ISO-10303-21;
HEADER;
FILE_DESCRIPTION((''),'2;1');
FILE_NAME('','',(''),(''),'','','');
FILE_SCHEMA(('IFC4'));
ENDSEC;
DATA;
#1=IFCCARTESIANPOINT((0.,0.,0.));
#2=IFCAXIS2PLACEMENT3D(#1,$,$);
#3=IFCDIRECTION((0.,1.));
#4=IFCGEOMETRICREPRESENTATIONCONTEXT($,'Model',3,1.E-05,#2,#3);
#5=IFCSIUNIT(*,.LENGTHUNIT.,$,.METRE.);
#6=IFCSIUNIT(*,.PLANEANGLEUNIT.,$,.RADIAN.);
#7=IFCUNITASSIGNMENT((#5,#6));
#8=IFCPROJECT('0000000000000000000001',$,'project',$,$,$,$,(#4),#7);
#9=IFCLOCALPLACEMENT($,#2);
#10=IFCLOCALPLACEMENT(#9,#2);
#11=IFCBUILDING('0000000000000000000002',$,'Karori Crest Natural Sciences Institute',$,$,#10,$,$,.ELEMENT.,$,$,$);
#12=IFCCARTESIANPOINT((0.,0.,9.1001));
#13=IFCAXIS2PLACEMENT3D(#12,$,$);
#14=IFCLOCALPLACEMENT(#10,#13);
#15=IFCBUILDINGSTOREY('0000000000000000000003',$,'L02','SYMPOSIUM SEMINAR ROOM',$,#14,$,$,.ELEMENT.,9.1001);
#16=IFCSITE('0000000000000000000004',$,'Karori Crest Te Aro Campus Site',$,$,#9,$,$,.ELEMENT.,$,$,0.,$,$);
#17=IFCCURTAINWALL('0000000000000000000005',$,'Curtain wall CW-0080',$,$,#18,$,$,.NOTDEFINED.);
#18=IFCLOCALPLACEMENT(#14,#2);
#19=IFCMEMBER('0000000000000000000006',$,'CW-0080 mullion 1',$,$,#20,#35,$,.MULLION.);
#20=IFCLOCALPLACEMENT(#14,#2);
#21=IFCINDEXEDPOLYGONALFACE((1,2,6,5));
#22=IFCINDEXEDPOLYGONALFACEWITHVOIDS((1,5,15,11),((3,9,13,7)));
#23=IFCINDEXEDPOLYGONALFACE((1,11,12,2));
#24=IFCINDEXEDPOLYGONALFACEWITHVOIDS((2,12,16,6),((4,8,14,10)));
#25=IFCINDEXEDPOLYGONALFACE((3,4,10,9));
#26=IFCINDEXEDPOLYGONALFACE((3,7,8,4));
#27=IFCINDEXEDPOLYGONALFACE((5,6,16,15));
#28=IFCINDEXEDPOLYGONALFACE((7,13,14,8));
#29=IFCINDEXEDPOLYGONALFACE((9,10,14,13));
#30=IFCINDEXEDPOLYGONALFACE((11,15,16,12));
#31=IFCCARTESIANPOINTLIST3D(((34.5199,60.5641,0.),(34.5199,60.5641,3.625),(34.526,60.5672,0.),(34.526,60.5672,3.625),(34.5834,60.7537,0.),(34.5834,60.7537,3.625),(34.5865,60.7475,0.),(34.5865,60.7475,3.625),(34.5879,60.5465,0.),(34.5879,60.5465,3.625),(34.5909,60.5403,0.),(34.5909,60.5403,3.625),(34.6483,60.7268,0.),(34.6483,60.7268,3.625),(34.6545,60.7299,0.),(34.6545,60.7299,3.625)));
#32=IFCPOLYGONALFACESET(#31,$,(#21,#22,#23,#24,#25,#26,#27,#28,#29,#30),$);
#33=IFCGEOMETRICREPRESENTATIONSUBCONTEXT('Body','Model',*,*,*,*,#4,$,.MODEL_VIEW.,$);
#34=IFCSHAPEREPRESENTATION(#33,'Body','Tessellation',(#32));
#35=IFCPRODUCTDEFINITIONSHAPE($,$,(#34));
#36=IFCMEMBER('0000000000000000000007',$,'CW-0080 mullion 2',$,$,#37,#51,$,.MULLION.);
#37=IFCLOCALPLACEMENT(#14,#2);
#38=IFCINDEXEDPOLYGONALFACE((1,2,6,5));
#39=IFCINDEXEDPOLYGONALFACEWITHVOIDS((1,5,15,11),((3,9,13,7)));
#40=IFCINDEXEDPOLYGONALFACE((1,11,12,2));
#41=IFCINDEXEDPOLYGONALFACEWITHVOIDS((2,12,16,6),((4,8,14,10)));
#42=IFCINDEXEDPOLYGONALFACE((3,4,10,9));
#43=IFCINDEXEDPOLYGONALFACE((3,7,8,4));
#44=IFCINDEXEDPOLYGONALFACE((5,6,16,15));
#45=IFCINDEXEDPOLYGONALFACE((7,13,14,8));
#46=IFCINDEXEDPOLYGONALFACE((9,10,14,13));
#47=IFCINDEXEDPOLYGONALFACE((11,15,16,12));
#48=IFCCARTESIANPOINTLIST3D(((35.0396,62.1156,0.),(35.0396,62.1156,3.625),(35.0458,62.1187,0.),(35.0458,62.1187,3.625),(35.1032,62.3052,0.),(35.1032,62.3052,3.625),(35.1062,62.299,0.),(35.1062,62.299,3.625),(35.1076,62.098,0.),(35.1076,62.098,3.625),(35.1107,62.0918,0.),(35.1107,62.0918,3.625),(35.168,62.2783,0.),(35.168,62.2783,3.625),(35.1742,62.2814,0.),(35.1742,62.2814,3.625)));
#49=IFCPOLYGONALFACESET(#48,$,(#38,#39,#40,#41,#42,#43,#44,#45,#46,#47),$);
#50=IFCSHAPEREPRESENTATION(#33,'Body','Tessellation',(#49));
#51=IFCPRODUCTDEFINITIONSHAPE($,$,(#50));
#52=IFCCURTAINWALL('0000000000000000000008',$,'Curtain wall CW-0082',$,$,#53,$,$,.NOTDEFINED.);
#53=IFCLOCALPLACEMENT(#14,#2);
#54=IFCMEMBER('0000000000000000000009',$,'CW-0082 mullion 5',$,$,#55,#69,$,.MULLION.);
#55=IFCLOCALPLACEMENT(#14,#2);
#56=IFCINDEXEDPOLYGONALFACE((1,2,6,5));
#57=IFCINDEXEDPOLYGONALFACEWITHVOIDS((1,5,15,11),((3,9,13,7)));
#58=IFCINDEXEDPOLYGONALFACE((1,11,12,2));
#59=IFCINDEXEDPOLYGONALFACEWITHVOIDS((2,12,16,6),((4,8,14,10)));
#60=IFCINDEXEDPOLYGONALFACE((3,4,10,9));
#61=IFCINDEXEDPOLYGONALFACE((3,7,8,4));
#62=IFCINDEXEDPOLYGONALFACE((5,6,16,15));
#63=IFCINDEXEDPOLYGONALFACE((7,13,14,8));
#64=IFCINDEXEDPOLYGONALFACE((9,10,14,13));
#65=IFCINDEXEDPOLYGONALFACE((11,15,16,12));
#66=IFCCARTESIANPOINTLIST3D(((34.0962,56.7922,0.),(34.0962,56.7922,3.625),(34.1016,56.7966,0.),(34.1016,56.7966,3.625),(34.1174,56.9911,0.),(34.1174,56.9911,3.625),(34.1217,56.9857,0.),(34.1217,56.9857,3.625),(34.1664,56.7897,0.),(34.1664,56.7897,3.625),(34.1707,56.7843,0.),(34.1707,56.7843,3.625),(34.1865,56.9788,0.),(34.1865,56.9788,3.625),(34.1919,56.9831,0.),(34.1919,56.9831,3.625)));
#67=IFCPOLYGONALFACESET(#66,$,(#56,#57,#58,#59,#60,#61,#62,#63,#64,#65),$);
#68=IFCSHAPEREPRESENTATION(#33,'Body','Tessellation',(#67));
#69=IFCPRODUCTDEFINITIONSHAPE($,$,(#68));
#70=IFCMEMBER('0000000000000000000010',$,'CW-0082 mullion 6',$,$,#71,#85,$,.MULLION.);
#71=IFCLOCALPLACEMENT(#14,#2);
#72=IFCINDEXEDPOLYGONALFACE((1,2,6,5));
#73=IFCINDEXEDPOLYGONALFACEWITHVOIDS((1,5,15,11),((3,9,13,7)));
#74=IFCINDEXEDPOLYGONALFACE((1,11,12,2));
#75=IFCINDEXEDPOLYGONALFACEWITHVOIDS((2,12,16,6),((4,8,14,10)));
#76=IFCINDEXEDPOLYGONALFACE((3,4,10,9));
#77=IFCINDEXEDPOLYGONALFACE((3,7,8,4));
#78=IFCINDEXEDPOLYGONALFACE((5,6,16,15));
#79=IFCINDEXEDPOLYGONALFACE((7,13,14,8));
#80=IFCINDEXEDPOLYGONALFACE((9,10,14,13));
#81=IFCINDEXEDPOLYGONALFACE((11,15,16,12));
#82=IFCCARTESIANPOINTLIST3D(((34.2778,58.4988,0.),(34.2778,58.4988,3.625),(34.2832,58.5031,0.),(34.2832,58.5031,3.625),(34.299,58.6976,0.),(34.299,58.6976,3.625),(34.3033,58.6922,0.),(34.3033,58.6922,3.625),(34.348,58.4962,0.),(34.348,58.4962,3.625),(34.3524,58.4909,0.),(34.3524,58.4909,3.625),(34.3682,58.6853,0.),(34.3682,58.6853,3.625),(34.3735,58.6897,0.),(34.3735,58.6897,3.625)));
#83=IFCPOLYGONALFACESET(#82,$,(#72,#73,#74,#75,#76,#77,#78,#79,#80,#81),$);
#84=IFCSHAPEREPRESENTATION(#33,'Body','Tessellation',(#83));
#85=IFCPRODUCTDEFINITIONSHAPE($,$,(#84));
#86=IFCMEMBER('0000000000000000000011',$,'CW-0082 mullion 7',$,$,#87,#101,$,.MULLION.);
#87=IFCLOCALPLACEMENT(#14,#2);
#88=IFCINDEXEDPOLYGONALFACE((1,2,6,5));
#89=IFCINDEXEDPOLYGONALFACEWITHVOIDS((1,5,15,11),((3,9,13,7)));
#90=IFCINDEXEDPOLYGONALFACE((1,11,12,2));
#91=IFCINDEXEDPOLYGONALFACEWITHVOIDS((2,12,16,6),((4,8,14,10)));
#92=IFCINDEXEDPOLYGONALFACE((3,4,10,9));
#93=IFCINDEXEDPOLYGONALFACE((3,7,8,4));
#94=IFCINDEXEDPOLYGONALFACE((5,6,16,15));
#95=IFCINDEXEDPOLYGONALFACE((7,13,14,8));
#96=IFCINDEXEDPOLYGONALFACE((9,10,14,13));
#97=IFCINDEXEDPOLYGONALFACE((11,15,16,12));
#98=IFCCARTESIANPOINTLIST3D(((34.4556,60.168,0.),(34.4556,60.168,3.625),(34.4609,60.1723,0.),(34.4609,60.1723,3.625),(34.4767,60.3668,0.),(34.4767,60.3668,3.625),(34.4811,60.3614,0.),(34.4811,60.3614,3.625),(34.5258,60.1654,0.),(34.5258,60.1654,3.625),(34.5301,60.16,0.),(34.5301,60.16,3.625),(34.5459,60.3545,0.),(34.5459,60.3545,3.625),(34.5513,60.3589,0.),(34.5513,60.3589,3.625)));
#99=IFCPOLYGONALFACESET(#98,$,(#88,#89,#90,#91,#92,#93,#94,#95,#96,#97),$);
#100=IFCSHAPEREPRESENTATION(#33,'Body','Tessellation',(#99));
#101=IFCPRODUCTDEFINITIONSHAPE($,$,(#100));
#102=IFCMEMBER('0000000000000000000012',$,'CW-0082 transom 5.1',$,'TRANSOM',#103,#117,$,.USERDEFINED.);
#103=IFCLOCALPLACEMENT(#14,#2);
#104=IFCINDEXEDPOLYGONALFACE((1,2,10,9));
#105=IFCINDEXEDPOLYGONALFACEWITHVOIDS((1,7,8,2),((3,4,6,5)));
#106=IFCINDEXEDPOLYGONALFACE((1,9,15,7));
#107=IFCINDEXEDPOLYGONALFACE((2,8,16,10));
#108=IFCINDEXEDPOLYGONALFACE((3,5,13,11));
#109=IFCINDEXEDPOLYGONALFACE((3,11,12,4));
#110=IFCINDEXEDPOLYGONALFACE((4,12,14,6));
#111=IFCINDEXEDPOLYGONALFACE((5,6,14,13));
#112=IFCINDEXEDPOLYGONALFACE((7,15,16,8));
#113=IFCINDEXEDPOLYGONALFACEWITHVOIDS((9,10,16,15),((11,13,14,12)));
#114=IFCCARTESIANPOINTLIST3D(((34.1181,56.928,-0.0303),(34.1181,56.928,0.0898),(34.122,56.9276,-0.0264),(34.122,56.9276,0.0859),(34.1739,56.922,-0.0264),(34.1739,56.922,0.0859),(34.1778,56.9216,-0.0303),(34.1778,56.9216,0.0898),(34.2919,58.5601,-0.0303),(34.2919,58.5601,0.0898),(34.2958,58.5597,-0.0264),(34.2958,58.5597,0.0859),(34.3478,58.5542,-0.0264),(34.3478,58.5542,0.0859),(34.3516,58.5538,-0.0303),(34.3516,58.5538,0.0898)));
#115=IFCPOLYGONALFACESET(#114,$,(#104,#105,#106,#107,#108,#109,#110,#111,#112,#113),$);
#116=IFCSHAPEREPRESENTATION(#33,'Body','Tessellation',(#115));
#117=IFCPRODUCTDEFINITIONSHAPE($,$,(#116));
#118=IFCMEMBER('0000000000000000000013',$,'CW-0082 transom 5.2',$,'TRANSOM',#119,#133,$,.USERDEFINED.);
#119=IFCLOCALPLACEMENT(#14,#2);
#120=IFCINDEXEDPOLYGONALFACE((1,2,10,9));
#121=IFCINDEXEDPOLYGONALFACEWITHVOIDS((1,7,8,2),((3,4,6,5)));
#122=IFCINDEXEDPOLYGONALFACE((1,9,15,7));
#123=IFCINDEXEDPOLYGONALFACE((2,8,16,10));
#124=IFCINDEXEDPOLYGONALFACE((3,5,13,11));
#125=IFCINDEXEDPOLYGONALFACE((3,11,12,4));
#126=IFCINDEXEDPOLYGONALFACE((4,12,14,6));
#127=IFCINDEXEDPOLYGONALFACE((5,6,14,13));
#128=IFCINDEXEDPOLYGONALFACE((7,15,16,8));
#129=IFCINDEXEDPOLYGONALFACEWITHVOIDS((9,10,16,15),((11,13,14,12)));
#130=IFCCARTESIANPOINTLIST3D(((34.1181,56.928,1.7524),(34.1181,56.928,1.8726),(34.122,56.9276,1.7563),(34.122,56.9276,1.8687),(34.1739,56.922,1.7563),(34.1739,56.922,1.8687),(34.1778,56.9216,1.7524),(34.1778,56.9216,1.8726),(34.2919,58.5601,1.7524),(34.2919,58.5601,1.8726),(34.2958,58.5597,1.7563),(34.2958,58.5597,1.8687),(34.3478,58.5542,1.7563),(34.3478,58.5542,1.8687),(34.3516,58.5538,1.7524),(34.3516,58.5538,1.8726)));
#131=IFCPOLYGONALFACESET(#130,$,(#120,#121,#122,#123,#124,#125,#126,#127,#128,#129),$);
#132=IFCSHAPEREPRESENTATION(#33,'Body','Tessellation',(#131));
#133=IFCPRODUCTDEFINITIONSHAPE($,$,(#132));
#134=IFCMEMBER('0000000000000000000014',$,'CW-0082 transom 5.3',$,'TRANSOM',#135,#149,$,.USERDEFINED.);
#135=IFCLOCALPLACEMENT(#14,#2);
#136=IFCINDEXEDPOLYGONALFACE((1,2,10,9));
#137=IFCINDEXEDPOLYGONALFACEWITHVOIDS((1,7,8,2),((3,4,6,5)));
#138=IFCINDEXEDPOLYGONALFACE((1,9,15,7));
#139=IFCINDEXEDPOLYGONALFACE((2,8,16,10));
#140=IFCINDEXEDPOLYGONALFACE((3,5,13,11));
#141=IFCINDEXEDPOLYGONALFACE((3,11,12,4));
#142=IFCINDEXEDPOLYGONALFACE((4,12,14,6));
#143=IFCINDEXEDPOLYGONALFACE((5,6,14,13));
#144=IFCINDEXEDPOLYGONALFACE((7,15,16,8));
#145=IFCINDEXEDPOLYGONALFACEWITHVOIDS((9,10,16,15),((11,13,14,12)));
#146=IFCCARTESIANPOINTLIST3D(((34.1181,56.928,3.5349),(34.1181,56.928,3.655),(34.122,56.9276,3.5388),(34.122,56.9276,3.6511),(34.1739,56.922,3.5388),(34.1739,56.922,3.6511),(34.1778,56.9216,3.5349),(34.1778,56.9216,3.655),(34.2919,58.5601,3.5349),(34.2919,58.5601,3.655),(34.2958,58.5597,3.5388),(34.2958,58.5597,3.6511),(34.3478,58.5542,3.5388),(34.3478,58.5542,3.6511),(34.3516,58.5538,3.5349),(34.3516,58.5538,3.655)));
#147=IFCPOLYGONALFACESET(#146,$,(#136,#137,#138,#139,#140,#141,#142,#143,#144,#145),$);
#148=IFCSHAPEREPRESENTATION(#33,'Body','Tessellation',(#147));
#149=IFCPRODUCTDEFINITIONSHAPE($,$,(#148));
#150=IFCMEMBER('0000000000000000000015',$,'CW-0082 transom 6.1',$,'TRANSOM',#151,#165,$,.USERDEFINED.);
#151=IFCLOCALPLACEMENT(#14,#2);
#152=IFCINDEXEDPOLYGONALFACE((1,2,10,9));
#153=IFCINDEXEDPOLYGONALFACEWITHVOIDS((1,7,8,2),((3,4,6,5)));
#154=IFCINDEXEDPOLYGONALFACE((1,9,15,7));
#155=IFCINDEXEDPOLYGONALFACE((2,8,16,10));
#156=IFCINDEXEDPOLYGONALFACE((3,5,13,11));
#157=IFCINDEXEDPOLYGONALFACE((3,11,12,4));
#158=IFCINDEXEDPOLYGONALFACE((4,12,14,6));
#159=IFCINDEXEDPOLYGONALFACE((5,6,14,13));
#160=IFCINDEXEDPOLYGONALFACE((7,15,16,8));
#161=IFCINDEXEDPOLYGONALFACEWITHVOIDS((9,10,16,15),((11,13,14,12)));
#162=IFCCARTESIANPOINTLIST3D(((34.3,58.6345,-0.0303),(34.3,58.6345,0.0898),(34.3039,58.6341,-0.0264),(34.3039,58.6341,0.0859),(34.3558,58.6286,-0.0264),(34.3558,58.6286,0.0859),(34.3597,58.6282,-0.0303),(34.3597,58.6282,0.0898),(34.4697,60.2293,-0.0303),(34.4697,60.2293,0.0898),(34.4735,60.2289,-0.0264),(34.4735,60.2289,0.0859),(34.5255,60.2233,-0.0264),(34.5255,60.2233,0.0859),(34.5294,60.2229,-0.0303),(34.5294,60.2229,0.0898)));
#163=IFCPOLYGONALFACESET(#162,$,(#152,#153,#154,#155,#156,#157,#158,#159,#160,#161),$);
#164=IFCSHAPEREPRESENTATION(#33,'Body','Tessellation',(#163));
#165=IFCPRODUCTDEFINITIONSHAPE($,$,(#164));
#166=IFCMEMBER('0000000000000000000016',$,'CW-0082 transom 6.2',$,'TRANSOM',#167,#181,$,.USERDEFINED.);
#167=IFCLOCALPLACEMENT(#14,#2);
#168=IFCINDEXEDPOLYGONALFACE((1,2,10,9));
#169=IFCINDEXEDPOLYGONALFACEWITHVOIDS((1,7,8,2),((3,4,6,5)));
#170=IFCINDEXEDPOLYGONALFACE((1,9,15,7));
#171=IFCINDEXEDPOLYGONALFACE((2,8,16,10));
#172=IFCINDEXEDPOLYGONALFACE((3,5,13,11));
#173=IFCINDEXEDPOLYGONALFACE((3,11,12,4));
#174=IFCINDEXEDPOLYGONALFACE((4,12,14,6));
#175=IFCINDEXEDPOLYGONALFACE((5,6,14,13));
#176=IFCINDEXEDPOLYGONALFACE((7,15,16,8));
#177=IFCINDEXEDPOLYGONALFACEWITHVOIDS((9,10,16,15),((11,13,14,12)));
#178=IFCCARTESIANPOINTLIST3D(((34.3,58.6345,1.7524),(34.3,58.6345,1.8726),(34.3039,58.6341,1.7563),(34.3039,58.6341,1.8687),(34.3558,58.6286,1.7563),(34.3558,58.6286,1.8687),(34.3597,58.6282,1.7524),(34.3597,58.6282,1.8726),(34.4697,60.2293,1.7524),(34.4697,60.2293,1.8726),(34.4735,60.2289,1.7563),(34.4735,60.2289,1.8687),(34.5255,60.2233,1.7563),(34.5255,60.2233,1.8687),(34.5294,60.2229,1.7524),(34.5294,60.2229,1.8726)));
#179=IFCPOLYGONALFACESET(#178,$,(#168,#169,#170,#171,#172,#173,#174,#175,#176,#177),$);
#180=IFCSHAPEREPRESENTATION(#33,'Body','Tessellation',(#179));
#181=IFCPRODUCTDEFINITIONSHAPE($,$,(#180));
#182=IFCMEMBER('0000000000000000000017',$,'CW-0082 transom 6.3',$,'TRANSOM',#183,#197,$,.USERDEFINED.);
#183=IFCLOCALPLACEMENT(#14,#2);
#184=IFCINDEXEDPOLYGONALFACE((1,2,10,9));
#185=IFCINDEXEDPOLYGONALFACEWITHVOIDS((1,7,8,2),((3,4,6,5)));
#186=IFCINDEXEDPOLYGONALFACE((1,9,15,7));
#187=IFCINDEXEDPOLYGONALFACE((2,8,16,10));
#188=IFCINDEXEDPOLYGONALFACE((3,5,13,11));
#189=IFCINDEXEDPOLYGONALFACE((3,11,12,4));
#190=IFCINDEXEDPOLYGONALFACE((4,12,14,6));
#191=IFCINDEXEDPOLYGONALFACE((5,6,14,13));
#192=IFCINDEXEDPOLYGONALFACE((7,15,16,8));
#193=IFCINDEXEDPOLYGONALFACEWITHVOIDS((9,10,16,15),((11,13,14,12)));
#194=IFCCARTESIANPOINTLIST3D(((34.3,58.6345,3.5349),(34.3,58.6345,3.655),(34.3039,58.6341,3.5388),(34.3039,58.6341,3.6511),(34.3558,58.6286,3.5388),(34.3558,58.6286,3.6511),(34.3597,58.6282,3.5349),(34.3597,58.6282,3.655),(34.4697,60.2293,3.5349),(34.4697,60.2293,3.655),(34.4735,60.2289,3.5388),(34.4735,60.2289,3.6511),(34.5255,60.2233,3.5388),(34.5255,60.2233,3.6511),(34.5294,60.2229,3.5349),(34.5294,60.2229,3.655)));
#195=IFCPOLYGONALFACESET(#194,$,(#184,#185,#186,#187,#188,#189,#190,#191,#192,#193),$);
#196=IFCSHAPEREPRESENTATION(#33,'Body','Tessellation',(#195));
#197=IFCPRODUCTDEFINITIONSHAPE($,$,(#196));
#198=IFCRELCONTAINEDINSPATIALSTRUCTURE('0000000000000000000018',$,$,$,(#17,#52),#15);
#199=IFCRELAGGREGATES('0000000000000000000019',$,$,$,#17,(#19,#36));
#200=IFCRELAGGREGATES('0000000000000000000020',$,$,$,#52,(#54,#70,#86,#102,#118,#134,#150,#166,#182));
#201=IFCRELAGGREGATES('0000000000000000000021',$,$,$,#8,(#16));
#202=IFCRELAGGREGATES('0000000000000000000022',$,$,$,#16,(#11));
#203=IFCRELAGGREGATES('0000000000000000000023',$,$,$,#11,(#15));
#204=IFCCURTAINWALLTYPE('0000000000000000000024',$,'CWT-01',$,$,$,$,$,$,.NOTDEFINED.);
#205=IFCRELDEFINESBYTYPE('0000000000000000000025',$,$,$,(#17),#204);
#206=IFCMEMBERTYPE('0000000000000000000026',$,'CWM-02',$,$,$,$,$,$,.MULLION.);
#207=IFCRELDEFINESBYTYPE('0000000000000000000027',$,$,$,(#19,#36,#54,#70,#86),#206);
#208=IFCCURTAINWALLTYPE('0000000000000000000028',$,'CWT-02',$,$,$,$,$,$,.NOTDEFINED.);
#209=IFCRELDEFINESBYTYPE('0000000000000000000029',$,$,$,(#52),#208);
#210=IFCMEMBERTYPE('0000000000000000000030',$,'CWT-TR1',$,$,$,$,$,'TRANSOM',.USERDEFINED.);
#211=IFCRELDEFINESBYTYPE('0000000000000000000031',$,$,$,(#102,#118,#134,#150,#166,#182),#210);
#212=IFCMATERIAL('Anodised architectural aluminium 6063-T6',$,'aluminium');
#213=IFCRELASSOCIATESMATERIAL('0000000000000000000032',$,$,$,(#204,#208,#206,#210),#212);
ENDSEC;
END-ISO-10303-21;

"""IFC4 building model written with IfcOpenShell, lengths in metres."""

from ifc_helpers import new_model, si_unit, direction, frame, origin, origin_2d, place, context, subcontext, project, spatial, hollow_rectangle, extrude, material, material_profile, profile_set, type_object, element, aggregate, save


model = new_model("IFC4")

# Units and contexts
model_context = context("Model", 3, precision=1e-05, world=origin(), true_north=direction((0.0, 1.0)))
body_context = subcontext(model_context, "Body", "Model", "MODEL_VIEW")
ifc_project = project(units=[si_unit("LENGTHUNIT", "METRE"), si_unit("PLANEANGLEUNIT", "RADIAN")], contexts=[model_context])

# Site, building, storey
site_placement = place(None, origin())
site = spatial("IfcSite", under=ifc_project, at=site_placement, Name="Karori Crest Te Aro Campus Site", CompositionType="ELEMENT", RefElevation=0.0)
building_placement = place(site_placement, origin())
building = spatial("IfcBuilding", under=site, at=building_placement, Name="Karori Crest Natural Sciences Institute", CompositionType="ELEMENT")
storey_placement = place(building_placement, frame((0.0, 0.0, 9.1001)))
storey = spatial("IfcBuildingStorey", under=building, at=storey_placement, Name="L02", Description="SYMPOSIUM SEMINAR ROOM", CompositionType="ELEMENT", Elevation=9.1001)

# Curtain walls, members
ifc_material_1 = material(Name="Anodised architectural aluminium 6063-T6", Category="aluminium")
curtain_wall_type_1 = type_object("IfcCurtainWallType", Name="CWT-01", PredefinedType="NOTDEFINED", material=ifc_material_1)
curtain_wall_1_placement = place(storey_placement, origin())
curtain_wall_1 = element("IfcCurtainWall", 1, at=curtain_wall_1_placement, inside=storey, type_object=curtain_wall_type_1, Name="Curtain wall CW-0080", PredefinedType="NOTDEFINED")
ifc_material_profile_1 = material_profile(ifc_material_1, hollow_rectangle(XDim=0.075, YDim=0.2, WallThickness=0.0049, at=origin_2d()), Name="CWM200x75x5")
ifc_profile_set_1 = profile_set([ifc_material_profile_1], Name="Anodised architectural aluminium 6063-T6")
member_type_1 = type_object("IfcMemberType", Name="CWM-02", PredefinedType="MULLION", material=ifc_profile_set_1)
member_1_placement = place(storey_placement, frame((34.5872, 60.647, 0.0), z_axis=(0.0, 0.0, 1.0), x_axis=(-0.948196, 0.317685, 0.0)))
member_1 = element("IfcMember", 2, at=member_1_placement, type_object=member_type_1, Name="CW-0080 mullion 1", PredefinedType="MULLION", context=body_context, shape_type="SweptSolid", body=[
    extrude(hollow_rectangle(XDim=0.075, YDim=0.2, WallThickness=0.0049, at=origin_2d()), origin(), (0.0, 0.0, 1.0), 3.625),
])
member_2_placement = place(storey_placement, frame((35.1069, 62.1985, 0.0), z_axis=(0.0, 0.0, 1.0), x_axis=(-0.948196, 0.317685, 0.0)))
member_2 = element("IfcMember", 3, at=member_2_placement, type_object=member_type_1, Name="CW-0080 mullion 2", PredefinedType="MULLION", context=body_context, shape_type="SweptSolid", body=[
    extrude(hollow_rectangle(XDim=0.075, YDim=0.2, WallThickness=0.0049, at=origin_2d()), origin(), (0.0, 0.0, 1.0), 3.625),
])
curtain_wall_type_2 = type_object("IfcCurtainWallType", Name="CWT-02", PredefinedType="NOTDEFINED", material=ifc_material_1)
curtain_wall_2_placement = place(storey_placement, origin())
curtain_wall_2 = element("IfcCurtainWall", 4, at=curtain_wall_2_placement, inside=storey, type_object=curtain_wall_type_2, Name="Curtain wall CW-0082", PredefinedType="NOTDEFINED")
member_3_placement = place(storey_placement, frame((34.144, 56.8877, 0.0), z_axis=(0.0, 0.0, 1.0), x_axis=(-0.994378, 0.105884, 0.0)))
member_3 = element("IfcMember", 5, at=member_3_placement, type_object=member_type_1, Name="CW-0082 mullion 5", PredefinedType="MULLION", context=body_context, shape_type="SweptSolid", body=[
    extrude(hollow_rectangle(XDim=0.075, YDim=0.2, WallThickness=0.0049, at=origin_2d()), origin(), (0.0, 0.0, 1.0), 3.625),
])
member_4_placement = place(storey_placement, frame((34.3257, 58.5942, 0.0), z_axis=(0.0, 0.0, 1.0), x_axis=(-0.994378, 0.105884, 0.0)))
member_4 = element("IfcMember", 6, at=member_4_placement, type_object=member_type_1, Name="CW-0082 mullion 6", PredefinedType="MULLION", context=body_context, shape_type="SweptSolid", body=[
    extrude(hollow_rectangle(XDim=0.075, YDim=0.2, WallThickness=0.0049, at=origin_2d()), origin(), (0.0, 0.0, 1.0), 3.625),
])
member_5_placement = place(storey_placement, frame((34.5034, 60.2634, 0.0), z_axis=(0.0, 0.0, 1.0), x_axis=(-0.994378, 0.105884, 0.0)))
member_5 = element("IfcMember", 7, at=member_5_placement, type_object=member_type_1, Name="CW-0082 mullion 7", PredefinedType="MULLION", context=body_context, shape_type="SweptSolid", body=[
    extrude(hollow_rectangle(XDim=0.075, YDim=0.2, WallThickness=0.0049, at=origin_2d()), origin(), (0.0, 0.0, 1.0), 3.625),
])
ifc_material_profile_2 = material_profile(ifc_material_1, hollow_rectangle(XDim=0.0601, YDim=0.1201, WallThickness=0.0039, at=origin_2d()), Name="CWT120x60x4")
ifc_profile_set_2 = profile_set([ifc_material_profile_2], Name="Anodised architectural aluminium 6063-T6")
member_type_2 = type_object("IfcMemberType", Name="CWT-TR1", ElementType="TRANSOM", PredefinedType="USERDEFINED", material=ifc_profile_set_2)
member_6_placement = place(storey_placement, frame((34.1479, 56.9248, 0.0298), z_axis=(0.105908, 0.994376, 0.0), x_axis=(-0.994376, 0.105908, 0.0)))
member_6 = element("IfcMember", 8, at=member_6_placement, type_object=member_type_2, Name="CW-0082 transom 5.1", ObjectType="TRANSOM", PredefinedType="USERDEFINED", context=body_context, shape_type="SweptSolid", body=[
    extrude(hollow_rectangle(XDim=0.0601, YDim=0.1201, WallThickness=0.0039, at=origin_2d()), origin(), (0.0, 0.0, 1.0), 1.6414),
])
member_7_placement = place(storey_placement, frame((34.1479, 56.9248, 1.8125), z_axis=(0.105908, 0.994376, 0.0), x_axis=(-0.994376, 0.105908, 0.0)))
member_7 = element("IfcMember", 9, at=member_7_placement, type_object=member_type_2, Name="CW-0082 transom 5.2", ObjectType="TRANSOM", PredefinedType="USERDEFINED", context=body_context, shape_type="SweptSolid", body=[
    extrude(hollow_rectangle(XDim=0.0601, YDim=0.1201, WallThickness=0.0039, at=origin_2d()), origin(), (0.0, 0.0, 1.0), 1.6414),
])
member_8_placement = place(storey_placement, frame((34.1479, 56.9248, 3.595), z_axis=(0.105908, 0.994376, 0.0), x_axis=(-0.994376, 0.105908, 0.0)))
member_8 = element("IfcMember", 10, at=member_8_placement, type_object=member_type_2, Name="CW-0082 transom 5.3", ObjectType="TRANSOM", PredefinedType="USERDEFINED", context=body_context, shape_type="SweptSolid", body=[
    extrude(hollow_rectangle(XDim=0.0601, YDim=0.1201, WallThickness=0.0039, at=origin_2d()), origin(), (0.0, 0.0, 1.0), 1.6414),
])
member_9_placement = place(storey_placement, frame((34.3298, 58.6313, 0.0298), z_axis=(0.105802, 0.994387, 0.0), x_axis=(-0.994387, 0.105802, 0.0)))
member_9 = element("IfcMember", 11, at=member_9_placement, type_object=member_type_2, Name="CW-0082 transom 6.1", ObjectType="TRANSOM", PredefinedType="USERDEFINED", context=body_context, shape_type="SweptSolid", body=[
    extrude(hollow_rectangle(XDim=0.0601, YDim=0.1201, WallThickness=0.0039, at=origin_2d()), origin(), (0.0, 0.0, 1.0), 1.6038),
])
member_10_placement = place(storey_placement, frame((34.3298, 58.6313, 1.8125), z_axis=(0.105802, 0.994387, 0.0), x_axis=(-0.994387, 0.105802, 0.0)))
member_10 = element("IfcMember", 12, at=member_10_placement, type_object=member_type_2, Name="CW-0082 transom 6.2", ObjectType="TRANSOM", PredefinedType="USERDEFINED", context=body_context, shape_type="SweptSolid", body=[
    extrude(hollow_rectangle(XDim=0.0601, YDim=0.1201, WallThickness=0.0039, at=origin_2d()), origin(), (0.0, 0.0, 1.0), 1.6038),
])
member_11_placement = place(storey_placement, frame((34.3298, 58.6313, 3.595), z_axis=(0.105802, 0.994387, 0.0), x_axis=(-0.994387, 0.105802, 0.0)))
member_11 = element("IfcMember", 13, at=member_11_placement, type_object=member_type_2, Name="CW-0082 transom 6.3", ObjectType="TRANSOM", PredefinedType="USERDEFINED", context=body_context, shape_type="SweptSolid", body=[
    extrude(hollow_rectangle(XDim=0.0601, YDim=0.1201, WallThickness=0.0039, at=origin_2d()), origin(), (0.0, 0.0, 1.0), 1.6038),
])

aggregate(curtain_wall_1, [member_1, member_2])
aggregate(curtain_wall_2, [member_3, member_4, member_5, member_6, member_7, member_8, member_9, member_10, member_11])

save(model, "model.ifc")
